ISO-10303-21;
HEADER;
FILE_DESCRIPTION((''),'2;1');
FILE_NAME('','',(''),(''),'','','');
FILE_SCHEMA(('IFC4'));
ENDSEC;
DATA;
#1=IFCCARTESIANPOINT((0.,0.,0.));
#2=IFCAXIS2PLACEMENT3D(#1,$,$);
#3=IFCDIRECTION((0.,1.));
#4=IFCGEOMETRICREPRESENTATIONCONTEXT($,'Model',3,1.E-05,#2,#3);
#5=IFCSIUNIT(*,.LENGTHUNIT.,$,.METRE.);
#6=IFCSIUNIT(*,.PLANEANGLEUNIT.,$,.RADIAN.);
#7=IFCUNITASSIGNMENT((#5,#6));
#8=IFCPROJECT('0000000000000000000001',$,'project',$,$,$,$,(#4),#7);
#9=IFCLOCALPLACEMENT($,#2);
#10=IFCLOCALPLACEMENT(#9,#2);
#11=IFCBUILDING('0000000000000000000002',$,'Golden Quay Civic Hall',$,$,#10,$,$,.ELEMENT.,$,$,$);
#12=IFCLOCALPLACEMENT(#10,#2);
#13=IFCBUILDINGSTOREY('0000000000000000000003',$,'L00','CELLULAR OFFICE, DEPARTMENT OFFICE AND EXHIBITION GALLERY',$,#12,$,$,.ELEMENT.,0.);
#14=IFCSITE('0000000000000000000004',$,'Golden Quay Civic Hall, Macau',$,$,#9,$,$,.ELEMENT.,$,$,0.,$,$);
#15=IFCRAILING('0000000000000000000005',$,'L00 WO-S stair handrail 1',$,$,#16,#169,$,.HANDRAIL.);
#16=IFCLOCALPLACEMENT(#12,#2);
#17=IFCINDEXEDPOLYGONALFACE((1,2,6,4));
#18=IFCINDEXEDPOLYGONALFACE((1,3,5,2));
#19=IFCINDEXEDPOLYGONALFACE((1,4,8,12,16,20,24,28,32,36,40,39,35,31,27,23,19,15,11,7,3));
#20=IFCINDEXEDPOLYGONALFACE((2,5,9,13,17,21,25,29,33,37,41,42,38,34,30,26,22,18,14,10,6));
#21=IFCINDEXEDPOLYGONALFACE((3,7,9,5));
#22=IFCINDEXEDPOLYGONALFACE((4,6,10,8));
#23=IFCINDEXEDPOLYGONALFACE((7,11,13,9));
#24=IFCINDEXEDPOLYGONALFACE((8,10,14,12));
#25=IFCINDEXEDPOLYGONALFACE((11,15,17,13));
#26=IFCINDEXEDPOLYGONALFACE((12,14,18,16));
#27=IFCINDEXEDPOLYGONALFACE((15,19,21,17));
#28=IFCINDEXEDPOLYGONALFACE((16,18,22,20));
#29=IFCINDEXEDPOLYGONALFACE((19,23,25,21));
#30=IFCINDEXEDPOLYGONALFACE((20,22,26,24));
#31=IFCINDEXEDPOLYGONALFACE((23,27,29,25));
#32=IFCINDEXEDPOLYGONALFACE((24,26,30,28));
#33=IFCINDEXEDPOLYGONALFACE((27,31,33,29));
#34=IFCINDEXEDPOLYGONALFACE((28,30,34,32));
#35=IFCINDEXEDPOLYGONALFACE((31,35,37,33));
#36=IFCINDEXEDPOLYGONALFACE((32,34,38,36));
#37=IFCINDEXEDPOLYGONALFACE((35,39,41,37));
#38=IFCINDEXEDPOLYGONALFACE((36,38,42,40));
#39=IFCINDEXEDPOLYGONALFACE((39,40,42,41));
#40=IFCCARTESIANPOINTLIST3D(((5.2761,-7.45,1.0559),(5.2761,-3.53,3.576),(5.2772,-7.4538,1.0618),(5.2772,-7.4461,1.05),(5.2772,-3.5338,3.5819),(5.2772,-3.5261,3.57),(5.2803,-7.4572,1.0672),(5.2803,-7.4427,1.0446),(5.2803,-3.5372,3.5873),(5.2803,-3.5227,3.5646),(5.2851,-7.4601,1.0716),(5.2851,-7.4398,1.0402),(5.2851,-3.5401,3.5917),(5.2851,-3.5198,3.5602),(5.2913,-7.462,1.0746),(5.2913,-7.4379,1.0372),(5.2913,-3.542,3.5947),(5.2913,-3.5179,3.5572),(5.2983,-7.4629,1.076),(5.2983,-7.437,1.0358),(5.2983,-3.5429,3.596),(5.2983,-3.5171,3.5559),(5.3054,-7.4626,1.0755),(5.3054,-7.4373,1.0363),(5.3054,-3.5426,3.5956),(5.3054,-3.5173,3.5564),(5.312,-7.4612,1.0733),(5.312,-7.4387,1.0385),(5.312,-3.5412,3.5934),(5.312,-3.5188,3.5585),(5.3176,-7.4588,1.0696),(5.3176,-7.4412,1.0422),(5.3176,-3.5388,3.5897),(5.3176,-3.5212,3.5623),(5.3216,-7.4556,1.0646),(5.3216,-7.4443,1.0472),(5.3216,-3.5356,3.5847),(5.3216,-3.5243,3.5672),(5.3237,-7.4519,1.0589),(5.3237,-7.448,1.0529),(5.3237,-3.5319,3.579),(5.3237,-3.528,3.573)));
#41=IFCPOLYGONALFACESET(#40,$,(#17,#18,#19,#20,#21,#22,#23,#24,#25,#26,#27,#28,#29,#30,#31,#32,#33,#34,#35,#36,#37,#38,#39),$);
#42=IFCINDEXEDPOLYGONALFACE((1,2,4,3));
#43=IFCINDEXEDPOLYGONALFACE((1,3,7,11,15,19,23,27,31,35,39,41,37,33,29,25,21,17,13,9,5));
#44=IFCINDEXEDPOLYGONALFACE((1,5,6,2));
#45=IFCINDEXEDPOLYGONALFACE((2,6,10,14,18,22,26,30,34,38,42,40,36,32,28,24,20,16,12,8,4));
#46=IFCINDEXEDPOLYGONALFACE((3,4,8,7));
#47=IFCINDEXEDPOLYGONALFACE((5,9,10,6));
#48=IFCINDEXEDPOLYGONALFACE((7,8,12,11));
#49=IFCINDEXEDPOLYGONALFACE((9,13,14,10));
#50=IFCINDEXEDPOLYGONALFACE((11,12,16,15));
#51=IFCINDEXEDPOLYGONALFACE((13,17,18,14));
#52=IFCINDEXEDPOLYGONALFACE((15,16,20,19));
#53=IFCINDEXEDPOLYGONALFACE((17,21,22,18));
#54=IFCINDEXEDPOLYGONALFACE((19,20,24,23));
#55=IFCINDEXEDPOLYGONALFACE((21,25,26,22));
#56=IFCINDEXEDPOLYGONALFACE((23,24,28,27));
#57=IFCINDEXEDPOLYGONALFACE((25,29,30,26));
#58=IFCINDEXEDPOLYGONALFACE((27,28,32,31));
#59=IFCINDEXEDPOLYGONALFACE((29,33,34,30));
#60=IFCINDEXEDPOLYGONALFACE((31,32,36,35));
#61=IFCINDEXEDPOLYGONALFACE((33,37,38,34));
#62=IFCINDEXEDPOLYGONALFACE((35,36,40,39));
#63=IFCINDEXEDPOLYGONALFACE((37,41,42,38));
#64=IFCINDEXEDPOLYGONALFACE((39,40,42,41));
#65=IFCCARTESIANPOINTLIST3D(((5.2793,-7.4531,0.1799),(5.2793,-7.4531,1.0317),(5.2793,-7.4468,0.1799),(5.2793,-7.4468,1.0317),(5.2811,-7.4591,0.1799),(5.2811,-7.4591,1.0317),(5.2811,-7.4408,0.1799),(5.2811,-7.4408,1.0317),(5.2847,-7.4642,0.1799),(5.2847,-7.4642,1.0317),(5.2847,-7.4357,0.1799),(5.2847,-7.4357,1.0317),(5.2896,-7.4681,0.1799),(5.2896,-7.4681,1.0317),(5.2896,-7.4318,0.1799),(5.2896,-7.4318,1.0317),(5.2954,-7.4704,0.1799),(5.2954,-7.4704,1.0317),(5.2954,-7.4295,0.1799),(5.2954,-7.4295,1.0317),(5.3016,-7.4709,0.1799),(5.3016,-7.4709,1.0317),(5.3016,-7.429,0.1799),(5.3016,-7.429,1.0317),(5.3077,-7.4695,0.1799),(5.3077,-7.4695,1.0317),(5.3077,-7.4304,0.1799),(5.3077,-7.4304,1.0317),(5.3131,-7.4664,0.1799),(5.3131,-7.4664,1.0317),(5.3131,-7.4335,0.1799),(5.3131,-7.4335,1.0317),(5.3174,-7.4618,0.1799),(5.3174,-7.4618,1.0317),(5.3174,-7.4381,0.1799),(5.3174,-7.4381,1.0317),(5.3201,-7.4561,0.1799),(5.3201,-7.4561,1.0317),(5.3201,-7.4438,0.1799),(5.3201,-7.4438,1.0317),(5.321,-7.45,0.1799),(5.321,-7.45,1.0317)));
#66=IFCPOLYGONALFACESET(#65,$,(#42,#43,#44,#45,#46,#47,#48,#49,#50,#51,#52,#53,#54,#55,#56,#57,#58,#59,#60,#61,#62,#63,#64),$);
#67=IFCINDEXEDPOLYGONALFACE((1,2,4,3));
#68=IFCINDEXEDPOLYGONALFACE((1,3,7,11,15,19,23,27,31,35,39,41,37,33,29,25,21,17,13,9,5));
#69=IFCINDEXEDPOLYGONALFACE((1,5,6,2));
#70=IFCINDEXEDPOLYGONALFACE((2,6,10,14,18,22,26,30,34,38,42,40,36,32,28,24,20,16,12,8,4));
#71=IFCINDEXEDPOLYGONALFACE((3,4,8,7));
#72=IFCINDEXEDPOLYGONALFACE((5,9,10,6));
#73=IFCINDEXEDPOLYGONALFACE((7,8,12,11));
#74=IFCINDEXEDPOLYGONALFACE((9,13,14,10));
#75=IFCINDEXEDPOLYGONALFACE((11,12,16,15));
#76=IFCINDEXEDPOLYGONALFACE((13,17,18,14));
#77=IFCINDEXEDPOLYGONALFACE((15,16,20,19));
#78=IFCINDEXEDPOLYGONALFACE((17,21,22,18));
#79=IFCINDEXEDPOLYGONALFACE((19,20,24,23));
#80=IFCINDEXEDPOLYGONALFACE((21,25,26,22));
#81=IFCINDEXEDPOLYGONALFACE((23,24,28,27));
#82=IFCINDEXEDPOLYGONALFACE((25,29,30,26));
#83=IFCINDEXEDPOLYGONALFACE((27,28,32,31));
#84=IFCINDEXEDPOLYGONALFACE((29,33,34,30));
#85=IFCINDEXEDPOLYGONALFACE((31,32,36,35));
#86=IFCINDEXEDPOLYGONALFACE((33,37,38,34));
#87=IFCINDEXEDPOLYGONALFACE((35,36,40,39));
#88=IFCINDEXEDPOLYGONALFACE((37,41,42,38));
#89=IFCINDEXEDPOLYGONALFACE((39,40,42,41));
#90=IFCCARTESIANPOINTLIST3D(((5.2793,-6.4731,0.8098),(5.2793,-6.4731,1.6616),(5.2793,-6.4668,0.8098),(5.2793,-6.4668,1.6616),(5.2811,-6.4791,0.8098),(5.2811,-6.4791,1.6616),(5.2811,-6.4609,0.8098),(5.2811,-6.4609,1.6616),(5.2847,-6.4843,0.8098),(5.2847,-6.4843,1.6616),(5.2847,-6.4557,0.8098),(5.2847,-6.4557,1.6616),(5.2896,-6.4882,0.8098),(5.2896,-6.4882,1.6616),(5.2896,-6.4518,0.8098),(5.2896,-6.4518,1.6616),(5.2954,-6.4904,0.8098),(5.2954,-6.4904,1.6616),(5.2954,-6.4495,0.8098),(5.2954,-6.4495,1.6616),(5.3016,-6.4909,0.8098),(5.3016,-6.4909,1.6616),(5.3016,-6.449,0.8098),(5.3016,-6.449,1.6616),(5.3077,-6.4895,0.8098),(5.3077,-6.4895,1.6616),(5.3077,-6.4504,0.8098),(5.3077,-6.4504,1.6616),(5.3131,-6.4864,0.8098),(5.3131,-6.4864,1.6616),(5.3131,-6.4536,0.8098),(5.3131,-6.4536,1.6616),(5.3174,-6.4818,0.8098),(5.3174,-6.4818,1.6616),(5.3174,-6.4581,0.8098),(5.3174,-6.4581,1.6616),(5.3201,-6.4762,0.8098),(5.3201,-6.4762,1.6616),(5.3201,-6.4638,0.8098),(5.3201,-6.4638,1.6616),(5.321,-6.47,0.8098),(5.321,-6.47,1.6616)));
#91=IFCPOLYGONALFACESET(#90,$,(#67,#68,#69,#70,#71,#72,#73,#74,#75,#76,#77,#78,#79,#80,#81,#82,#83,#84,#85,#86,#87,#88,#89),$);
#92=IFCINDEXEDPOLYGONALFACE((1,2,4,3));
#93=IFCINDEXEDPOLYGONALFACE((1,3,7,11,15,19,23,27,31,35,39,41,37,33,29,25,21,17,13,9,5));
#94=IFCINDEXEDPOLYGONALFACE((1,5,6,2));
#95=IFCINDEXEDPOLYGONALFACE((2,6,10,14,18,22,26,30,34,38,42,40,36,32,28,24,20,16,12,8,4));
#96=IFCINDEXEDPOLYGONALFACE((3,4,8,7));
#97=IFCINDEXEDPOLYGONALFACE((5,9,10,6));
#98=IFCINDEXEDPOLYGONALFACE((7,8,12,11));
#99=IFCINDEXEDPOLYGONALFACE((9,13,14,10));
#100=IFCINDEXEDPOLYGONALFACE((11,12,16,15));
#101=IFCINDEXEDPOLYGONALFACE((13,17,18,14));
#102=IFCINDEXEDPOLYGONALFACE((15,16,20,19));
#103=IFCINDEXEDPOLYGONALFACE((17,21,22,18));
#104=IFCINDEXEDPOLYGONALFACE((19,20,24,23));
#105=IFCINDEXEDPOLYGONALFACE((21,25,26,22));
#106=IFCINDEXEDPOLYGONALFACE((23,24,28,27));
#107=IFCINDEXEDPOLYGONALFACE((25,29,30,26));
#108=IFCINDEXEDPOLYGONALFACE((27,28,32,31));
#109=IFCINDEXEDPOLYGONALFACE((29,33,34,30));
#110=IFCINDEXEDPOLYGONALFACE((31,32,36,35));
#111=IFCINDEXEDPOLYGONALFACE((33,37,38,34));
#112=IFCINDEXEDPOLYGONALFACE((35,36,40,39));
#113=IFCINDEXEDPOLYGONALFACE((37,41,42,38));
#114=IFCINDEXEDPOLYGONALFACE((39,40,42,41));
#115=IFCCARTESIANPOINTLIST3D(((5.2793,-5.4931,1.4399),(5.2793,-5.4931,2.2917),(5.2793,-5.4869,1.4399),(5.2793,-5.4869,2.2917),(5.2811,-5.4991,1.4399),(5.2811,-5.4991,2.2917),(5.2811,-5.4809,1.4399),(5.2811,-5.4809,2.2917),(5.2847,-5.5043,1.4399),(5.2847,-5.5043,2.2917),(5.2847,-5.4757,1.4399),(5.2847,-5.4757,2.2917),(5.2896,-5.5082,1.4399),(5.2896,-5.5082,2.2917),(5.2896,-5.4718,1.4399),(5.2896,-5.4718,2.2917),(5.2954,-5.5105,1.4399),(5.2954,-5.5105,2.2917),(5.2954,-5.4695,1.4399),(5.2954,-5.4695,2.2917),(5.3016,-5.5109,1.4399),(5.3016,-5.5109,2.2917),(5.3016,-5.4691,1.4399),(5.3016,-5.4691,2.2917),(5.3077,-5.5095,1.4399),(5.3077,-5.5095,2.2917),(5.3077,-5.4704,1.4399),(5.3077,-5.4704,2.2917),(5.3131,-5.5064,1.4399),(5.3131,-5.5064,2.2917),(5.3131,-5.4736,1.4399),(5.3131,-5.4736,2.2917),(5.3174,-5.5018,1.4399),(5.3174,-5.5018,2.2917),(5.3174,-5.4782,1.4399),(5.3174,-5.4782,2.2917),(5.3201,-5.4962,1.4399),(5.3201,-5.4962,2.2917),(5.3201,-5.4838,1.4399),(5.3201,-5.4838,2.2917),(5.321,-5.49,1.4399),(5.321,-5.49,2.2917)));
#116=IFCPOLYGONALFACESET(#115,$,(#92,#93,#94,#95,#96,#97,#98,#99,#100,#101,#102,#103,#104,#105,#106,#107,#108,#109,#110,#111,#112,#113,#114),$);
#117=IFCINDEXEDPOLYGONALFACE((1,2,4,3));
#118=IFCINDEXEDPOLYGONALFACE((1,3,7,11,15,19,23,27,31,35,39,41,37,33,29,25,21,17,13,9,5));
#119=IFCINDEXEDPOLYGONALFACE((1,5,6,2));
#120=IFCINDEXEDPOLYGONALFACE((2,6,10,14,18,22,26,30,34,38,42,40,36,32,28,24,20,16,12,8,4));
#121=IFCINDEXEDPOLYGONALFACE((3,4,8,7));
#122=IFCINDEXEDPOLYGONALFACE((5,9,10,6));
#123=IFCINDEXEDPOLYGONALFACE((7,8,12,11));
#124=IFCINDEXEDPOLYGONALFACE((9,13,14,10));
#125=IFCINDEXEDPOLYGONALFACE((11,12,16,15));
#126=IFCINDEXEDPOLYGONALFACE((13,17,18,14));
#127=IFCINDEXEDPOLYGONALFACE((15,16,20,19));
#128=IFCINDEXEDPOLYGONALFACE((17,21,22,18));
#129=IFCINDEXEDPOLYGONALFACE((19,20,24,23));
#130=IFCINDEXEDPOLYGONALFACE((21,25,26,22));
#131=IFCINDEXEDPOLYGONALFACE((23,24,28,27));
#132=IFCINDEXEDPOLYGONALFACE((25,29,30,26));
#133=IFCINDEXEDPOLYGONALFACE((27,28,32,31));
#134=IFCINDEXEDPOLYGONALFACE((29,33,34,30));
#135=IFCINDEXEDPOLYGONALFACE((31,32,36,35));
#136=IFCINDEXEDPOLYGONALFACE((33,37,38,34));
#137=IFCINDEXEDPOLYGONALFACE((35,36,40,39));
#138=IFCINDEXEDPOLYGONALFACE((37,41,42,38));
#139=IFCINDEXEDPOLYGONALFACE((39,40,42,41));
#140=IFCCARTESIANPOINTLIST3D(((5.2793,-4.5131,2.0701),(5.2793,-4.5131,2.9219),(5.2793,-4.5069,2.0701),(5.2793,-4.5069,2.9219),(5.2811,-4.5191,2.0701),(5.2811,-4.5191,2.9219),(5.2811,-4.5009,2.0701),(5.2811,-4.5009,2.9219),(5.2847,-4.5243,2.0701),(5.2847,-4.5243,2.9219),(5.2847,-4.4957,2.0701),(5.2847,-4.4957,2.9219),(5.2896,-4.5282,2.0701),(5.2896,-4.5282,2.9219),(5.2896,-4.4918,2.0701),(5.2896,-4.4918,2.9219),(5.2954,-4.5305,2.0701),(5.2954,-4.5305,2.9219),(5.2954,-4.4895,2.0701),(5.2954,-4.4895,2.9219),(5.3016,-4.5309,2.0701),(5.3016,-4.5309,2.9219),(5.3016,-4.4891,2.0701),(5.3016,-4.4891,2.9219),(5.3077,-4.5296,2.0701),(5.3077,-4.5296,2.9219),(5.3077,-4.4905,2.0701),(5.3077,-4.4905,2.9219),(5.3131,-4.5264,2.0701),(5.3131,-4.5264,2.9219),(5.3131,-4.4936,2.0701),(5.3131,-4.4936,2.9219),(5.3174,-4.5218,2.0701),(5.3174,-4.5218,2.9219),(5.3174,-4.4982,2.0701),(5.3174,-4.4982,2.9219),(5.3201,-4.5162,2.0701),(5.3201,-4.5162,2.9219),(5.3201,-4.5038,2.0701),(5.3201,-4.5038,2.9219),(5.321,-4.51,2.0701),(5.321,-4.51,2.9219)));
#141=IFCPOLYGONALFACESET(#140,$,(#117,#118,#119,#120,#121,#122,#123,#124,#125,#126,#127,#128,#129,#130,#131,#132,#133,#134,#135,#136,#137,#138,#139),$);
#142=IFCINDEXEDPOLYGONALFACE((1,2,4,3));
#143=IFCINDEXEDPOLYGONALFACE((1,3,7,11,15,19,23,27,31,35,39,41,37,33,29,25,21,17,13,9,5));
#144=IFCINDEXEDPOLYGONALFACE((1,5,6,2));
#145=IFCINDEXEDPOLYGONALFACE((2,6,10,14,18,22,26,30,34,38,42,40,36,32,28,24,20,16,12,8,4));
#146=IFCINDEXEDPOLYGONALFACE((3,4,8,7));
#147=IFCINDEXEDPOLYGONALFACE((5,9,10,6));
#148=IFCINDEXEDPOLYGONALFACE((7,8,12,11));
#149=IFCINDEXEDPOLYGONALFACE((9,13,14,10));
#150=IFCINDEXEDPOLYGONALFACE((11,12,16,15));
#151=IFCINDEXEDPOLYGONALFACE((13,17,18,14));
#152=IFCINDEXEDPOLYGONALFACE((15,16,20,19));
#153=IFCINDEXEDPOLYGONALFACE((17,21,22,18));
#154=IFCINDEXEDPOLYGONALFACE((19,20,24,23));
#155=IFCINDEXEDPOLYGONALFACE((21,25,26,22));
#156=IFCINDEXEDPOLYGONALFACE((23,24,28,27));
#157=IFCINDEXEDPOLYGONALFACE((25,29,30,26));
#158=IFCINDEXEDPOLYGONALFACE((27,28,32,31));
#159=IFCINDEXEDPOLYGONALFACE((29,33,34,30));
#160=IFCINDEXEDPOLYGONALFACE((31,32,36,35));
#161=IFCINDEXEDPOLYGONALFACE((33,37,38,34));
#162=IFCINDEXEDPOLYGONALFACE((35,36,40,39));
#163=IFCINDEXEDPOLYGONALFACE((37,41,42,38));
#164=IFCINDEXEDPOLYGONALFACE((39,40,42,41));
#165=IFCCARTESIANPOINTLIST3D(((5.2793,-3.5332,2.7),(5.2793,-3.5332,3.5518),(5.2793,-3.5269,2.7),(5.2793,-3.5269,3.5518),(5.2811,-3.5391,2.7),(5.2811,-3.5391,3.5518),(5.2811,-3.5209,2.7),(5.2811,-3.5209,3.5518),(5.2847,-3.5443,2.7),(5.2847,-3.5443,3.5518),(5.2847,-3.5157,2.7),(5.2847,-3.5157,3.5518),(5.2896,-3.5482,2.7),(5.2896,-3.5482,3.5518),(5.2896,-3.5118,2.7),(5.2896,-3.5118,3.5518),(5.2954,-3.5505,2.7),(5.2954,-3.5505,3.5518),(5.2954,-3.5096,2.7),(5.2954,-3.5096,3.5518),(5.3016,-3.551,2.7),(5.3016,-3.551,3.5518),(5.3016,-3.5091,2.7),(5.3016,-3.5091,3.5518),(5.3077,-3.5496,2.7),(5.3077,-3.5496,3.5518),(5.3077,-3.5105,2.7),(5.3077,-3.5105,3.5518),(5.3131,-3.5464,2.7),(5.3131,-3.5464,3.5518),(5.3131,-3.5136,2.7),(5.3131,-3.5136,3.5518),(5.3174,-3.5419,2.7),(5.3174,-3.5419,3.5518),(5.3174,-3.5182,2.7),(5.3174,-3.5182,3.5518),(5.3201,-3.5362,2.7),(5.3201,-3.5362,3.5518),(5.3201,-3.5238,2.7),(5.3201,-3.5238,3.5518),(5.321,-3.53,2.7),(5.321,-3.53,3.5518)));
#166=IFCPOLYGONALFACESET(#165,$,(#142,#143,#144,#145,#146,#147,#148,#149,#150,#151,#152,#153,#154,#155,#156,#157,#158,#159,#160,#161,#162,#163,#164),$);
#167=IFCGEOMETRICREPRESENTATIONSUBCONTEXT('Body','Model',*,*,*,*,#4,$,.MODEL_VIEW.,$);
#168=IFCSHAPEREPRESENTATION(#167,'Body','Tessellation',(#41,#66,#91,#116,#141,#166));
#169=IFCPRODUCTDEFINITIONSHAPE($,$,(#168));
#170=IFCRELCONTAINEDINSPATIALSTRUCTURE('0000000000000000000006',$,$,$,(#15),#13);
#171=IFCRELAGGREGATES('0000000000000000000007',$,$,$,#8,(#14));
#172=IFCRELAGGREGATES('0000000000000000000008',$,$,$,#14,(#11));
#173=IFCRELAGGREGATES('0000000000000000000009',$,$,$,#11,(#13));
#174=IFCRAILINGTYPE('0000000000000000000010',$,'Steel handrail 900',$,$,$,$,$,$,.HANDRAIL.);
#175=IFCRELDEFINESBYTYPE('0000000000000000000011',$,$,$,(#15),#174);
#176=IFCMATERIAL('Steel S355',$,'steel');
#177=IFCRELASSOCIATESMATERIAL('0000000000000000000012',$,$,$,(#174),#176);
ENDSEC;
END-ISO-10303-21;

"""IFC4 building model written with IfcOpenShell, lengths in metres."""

from ifc_helpers import new_model, si_unit, direction, frame, origin, origin_2d, place, context, subcontext, project, spatial, circle, extrude, material, type_object, element, save


model = new_model("IFC4")

# Units and contexts
model_context = context("Model", 3, precision=1e-05, world=origin(), true_north=direction((0.0, 1.0)))
body_context = subcontext(model_context, "Body", "Model", "MODEL_VIEW")
ifc_project = project(units=[si_unit("LENGTHUNIT", "METRE"), si_unit("PLANEANGLEUNIT", "RADIAN")], contexts=[model_context])

# Site, building, storey
site_placement = place(None, origin())
site = spatial("IfcSite", under=ifc_project, at=site_placement, Name="Golden Quay Civic Hall, Macau", CompositionType="ELEMENT", RefElevation=0.0)
building_placement = place(site_placement, origin())
building = spatial("IfcBuilding", under=site, at=building_placement, Name="Golden Quay Civic Hall", CompositionType="ELEMENT")
storey_placement = place(building_placement, origin())
storey = spatial("IfcBuildingStorey", under=building, at=storey_placement, Name="L00", Description="CELLULAR OFFICE, DEPARTMENT OFFICE AND EXHIBITION GALLERY", CompositionType="ELEMENT", Elevation=0.0)

# Railing
ifc_material_1 = material(Name="Steel S355", Category="steel")
railing_type_1 = type_object("IfcRailingType", Name="Steel handrail 900", PredefinedType="HANDRAIL", material=ifc_material_1)
railing_1_placement = place(storey_placement, frame((5.3, -7.45, 0.1799)))
element("IfcRailing", 1, at=railing_1_placement, inside=storey, type_object=railing_type_1, Name="L00 WO-S stair handrail 1", PredefinedType="HANDRAIL", context=body_context, shape_type="SweptSolid", body=[
    extrude(circle(Radius=0.0239, at=origin_2d()), frame((0.0, 0.0, 0.876), z_axis=(0.0, 0.841172, 0.540768), x_axis=(-1.0, 0.0, 0.0)), (0.0, 0.0, 1.0), 4.6602),
    extrude(circle(Radius=0.021, at=origin_2d()), origin(), (0.0, 0.0, 1.0), 0.8518),
    extrude(circle(Radius=0.021, at=origin_2d()), frame((0.0, 0.98, 0.6299)), (0.0, 0.0, 1.0), 0.8518),
    extrude(circle(Radius=0.021, at=origin_2d()), frame((0.0, 1.96, 1.26)), (0.0, 0.0, 1.0), 0.8518),
    extrude(circle(Radius=0.021, at=origin_2d()), frame((0.0, 2.9399, 1.8901)), (0.0, 0.0, 1.0), 0.8518),
    extrude(circle(Radius=0.021, at=origin_2d()), frame((0.0, 3.9199, 2.52)), (0.0, 0.0, 1.0), 0.8518),
])

save(model, "model.ifc")
